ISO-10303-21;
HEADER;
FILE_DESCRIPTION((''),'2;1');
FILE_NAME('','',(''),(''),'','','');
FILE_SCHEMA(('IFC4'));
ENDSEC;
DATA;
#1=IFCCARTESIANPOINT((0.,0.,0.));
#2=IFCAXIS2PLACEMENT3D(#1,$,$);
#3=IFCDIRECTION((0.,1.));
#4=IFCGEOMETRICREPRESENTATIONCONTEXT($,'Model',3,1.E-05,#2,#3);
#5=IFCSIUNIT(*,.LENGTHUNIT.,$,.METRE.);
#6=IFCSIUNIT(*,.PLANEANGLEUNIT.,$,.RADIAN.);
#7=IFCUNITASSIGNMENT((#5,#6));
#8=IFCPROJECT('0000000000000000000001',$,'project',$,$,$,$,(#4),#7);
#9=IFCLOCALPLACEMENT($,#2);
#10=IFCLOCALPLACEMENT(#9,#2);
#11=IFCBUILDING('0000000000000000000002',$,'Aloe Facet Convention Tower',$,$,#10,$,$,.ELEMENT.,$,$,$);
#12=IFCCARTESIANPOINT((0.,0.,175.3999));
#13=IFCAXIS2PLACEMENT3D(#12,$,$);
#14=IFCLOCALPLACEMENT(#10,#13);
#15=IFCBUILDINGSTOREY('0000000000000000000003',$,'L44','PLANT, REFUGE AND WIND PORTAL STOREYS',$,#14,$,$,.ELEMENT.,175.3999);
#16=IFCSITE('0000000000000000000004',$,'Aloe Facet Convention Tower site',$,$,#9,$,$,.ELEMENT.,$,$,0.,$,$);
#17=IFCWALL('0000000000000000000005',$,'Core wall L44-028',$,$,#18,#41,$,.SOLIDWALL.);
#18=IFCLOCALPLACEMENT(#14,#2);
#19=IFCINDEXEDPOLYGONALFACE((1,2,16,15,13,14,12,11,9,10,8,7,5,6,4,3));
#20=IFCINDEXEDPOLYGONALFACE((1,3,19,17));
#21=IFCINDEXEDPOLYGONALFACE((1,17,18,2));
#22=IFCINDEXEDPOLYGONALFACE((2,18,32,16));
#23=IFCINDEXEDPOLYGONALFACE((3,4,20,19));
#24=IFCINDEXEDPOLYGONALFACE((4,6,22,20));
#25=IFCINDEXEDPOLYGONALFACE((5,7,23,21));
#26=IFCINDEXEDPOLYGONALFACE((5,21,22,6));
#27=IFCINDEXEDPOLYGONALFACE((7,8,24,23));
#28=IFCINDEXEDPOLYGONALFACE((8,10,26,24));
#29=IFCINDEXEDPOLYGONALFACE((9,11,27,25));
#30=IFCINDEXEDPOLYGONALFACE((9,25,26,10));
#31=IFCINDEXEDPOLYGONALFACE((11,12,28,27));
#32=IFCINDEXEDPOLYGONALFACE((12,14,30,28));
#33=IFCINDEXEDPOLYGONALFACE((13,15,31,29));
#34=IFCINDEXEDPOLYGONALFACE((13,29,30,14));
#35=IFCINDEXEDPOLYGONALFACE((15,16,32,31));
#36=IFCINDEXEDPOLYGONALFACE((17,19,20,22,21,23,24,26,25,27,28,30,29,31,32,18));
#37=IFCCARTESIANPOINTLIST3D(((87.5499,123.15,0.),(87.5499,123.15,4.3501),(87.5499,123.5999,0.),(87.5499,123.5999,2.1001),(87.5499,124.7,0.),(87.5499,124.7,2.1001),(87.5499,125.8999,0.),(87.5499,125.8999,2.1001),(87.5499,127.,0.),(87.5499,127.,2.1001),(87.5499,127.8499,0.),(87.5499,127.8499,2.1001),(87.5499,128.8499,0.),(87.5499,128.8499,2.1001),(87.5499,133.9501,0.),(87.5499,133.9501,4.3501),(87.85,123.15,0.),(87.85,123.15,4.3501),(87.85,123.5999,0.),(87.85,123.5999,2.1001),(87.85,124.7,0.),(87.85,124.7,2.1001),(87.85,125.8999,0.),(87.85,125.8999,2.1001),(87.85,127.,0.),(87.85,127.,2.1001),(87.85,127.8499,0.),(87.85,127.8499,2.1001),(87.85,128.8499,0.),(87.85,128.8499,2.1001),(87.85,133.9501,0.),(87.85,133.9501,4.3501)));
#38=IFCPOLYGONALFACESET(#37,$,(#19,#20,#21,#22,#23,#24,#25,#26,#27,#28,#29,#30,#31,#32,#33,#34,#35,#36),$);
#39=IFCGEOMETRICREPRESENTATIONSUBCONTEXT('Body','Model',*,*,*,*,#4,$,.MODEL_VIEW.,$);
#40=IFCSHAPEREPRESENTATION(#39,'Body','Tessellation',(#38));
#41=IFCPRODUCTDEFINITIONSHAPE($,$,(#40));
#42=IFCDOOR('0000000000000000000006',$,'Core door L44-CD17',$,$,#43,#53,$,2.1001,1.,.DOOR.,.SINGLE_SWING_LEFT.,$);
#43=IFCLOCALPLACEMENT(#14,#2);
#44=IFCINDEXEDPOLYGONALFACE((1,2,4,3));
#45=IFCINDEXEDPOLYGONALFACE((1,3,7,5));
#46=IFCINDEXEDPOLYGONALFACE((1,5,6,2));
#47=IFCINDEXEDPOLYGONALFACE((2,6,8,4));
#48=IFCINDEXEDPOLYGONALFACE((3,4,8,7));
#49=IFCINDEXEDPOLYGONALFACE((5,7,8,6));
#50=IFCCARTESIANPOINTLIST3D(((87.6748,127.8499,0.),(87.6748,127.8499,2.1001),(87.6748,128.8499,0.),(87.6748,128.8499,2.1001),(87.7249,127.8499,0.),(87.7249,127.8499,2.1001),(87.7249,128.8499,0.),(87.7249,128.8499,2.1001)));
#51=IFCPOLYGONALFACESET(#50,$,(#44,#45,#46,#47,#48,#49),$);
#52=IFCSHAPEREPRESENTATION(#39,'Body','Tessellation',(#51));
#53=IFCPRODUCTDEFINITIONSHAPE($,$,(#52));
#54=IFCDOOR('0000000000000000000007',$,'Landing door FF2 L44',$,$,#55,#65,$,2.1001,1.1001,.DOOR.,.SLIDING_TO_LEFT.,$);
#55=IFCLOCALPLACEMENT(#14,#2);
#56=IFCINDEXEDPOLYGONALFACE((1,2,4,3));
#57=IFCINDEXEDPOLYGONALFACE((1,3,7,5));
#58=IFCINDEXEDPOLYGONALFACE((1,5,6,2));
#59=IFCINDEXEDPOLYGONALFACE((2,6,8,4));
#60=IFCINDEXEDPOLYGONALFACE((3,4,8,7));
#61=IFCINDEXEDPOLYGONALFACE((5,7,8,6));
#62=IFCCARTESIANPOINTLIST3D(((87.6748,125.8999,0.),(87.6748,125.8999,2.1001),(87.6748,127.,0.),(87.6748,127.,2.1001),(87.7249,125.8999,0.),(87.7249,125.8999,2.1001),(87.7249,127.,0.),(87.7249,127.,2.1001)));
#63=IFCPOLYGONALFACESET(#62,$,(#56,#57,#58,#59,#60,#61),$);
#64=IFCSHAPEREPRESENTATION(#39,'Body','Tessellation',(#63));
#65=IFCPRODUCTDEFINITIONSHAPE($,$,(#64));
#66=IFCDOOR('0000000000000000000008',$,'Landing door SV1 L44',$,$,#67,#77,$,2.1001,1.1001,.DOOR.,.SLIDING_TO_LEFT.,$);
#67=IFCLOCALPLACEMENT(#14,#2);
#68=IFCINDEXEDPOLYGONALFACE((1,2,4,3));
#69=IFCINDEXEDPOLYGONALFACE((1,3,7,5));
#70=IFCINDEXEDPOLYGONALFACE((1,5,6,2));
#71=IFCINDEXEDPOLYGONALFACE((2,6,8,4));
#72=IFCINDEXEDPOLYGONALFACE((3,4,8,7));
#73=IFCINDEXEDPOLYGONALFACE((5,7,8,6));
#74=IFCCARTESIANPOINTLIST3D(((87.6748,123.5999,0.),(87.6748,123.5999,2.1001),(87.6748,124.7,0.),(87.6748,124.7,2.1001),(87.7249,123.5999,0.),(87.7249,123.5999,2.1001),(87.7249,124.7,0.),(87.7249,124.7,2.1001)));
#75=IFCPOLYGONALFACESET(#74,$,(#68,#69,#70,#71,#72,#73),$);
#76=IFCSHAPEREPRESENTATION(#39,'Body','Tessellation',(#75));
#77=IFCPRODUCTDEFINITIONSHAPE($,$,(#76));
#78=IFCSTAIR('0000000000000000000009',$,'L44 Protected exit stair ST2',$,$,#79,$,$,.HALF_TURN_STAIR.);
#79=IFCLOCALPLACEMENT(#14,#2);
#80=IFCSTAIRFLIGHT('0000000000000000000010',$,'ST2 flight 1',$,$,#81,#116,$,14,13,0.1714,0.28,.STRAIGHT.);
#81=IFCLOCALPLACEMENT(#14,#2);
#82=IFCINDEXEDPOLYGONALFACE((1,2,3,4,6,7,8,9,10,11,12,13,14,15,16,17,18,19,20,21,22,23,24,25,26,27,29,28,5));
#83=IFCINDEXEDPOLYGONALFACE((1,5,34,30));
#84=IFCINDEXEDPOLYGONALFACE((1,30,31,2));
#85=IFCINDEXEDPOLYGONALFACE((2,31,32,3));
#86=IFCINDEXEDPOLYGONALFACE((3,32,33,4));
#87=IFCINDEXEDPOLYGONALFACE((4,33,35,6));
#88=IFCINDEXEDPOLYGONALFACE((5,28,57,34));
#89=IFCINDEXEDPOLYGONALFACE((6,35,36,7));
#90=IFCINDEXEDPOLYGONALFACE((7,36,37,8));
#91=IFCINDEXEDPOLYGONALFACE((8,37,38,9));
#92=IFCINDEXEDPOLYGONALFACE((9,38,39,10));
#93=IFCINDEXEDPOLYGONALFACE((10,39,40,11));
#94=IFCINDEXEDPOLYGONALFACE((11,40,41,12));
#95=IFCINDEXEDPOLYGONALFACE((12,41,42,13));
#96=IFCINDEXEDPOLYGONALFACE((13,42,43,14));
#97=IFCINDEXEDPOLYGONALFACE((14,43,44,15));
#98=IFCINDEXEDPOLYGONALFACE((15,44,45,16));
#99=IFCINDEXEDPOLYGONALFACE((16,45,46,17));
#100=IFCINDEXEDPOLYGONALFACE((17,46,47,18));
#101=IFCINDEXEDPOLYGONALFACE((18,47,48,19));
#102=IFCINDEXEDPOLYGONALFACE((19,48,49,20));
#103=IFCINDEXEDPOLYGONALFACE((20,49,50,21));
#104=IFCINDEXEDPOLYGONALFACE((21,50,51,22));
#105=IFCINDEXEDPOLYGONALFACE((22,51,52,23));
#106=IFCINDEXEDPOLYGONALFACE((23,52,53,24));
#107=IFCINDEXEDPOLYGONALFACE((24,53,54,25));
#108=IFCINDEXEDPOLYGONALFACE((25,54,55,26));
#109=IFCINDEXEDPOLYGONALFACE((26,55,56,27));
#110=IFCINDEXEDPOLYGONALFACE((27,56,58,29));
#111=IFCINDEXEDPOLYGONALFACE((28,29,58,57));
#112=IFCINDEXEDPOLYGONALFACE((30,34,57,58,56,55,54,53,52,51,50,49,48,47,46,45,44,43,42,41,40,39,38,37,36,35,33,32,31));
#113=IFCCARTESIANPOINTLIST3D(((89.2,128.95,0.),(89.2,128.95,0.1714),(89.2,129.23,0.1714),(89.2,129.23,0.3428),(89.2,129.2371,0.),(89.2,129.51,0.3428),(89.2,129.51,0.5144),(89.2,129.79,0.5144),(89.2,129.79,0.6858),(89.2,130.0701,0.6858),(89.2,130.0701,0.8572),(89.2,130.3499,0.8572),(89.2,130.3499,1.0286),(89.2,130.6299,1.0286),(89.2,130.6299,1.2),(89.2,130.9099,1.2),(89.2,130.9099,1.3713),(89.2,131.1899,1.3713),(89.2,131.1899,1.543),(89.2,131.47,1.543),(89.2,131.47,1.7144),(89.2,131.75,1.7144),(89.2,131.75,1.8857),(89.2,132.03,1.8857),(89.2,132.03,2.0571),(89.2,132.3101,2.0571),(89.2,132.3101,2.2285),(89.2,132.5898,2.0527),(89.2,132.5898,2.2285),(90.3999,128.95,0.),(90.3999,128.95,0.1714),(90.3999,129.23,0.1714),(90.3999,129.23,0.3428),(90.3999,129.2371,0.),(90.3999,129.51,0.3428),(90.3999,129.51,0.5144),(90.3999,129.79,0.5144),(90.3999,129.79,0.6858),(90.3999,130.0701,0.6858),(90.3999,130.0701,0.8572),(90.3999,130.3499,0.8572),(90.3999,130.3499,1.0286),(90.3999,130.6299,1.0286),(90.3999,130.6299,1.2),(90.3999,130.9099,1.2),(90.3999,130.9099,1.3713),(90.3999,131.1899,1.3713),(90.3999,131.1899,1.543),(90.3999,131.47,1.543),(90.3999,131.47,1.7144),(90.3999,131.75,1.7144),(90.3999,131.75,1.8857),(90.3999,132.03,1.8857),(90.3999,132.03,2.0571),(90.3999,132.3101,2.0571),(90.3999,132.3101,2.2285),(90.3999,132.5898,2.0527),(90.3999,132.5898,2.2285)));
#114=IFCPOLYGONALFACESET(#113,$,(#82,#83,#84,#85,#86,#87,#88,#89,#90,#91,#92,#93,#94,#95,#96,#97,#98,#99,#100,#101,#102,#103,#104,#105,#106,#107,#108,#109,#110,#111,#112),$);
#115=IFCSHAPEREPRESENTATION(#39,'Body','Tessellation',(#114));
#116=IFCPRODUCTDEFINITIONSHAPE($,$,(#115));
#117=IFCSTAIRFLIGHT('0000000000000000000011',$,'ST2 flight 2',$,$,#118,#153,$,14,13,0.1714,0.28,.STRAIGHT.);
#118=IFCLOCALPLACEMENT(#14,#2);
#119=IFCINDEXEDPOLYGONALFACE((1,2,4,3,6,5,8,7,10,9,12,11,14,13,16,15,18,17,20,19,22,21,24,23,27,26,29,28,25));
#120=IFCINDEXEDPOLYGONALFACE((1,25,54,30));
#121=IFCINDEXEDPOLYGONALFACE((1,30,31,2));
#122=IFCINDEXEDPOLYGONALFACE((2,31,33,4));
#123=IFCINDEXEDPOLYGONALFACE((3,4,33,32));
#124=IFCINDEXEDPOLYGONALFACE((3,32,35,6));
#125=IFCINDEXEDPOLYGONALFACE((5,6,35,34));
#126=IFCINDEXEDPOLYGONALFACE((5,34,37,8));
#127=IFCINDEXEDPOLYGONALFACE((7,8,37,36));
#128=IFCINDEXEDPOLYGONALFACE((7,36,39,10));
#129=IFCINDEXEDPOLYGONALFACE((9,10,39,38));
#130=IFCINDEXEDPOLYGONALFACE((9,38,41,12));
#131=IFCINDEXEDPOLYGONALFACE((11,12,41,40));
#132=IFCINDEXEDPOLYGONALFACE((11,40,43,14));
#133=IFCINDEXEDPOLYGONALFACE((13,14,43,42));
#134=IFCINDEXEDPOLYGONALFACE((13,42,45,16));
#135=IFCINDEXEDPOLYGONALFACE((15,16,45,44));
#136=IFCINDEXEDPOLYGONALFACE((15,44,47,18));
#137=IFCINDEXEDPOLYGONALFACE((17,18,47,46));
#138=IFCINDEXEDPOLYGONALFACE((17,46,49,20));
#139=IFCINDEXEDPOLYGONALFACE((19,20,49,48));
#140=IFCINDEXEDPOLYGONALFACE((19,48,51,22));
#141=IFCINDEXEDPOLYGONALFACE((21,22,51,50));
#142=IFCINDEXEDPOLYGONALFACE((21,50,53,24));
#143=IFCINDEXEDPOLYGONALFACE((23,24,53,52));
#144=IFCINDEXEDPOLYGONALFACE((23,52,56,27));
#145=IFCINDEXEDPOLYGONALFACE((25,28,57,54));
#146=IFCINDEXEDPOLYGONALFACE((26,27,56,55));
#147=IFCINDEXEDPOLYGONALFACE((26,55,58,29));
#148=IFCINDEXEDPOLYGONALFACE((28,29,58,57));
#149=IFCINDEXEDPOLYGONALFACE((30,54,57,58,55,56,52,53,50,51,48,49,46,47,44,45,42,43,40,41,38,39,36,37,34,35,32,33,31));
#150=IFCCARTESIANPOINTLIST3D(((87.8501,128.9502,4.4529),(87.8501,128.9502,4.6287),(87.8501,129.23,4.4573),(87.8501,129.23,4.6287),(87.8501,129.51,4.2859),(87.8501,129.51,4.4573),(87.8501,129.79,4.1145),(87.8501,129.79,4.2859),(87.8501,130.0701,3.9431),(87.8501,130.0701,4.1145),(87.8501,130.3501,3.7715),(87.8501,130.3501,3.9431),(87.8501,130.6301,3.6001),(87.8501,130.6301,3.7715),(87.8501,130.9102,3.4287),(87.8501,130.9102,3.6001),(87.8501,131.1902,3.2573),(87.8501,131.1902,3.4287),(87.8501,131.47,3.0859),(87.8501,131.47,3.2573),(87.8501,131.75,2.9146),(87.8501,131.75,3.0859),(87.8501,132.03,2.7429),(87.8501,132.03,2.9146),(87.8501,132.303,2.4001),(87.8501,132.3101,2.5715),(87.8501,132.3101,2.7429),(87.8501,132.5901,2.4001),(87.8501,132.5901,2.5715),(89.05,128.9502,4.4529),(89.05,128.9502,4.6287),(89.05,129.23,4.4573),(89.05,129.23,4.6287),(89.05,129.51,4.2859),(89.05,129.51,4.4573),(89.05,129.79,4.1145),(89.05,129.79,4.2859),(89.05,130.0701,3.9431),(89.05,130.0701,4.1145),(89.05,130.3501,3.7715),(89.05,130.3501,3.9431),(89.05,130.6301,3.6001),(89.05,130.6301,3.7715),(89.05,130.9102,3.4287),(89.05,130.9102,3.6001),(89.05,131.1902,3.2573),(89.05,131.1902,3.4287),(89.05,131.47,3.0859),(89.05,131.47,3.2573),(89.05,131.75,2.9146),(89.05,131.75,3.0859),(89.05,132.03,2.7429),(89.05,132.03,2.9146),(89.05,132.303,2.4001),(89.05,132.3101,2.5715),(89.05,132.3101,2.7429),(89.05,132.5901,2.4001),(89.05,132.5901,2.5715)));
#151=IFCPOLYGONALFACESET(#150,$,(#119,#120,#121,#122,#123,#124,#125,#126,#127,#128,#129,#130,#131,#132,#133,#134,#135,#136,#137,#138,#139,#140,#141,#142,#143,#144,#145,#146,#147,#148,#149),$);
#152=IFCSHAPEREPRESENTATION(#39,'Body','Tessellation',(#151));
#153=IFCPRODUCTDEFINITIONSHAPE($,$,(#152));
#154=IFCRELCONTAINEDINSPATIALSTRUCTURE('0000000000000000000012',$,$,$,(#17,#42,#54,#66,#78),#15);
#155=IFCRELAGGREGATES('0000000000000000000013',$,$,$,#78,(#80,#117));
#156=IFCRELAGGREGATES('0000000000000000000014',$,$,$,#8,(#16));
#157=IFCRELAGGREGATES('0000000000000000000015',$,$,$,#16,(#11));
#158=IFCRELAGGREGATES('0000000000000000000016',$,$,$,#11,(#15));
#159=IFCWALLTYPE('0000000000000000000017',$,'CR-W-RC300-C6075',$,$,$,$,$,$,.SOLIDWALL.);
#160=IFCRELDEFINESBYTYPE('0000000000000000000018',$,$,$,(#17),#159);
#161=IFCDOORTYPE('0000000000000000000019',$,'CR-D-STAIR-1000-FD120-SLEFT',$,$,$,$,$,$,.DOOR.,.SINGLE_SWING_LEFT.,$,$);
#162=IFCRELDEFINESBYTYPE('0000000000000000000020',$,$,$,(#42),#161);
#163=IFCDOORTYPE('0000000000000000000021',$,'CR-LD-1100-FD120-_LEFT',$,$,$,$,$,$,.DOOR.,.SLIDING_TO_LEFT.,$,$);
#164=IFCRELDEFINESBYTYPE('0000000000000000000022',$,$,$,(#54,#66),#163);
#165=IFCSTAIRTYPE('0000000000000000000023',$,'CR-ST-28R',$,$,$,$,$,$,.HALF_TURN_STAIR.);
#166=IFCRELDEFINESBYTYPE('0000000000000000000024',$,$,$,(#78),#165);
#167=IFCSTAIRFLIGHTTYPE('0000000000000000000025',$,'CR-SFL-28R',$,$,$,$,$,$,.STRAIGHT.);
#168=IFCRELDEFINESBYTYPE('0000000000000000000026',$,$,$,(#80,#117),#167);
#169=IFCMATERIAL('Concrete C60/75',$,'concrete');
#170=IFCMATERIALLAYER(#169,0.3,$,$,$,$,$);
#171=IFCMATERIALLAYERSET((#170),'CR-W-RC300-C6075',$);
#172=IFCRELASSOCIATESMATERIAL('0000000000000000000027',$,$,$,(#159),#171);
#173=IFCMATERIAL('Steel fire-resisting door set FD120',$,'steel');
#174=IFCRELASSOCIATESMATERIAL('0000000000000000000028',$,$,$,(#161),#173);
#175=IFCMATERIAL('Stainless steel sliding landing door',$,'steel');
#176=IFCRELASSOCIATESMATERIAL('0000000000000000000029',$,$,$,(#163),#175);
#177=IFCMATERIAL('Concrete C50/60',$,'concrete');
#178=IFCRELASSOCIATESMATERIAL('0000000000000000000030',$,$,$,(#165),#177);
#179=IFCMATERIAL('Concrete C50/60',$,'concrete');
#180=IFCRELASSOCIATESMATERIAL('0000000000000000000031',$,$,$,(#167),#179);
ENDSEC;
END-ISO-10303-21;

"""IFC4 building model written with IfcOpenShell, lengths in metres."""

from ifc_helpers import new_model, si_unit, direction, frame, frame_2d, origin, place, context, subcontext, project, spatial, polyline, rectangle, outline, extrude, material, layer, layer_set, type_object, element, fill, aggregate, save


model = new_model("IFC4")

# Units and contexts
model_context = context("Model", 3, precision=1e-05, world=origin(), true_north=direction((0.0, 1.0)))
body_context = subcontext(model_context, "Body", "Model", "MODEL_VIEW")
ifc_project = project(units=[si_unit("LENGTHUNIT", "METRE"), si_unit("PLANEANGLEUNIT", "RADIAN")], contexts=[model_context])

# Site, building, storey
site_placement = place(None, origin())
site = spatial("IfcSite", under=ifc_project, at=site_placement, Name="Aloe Facet Convention Tower site", CompositionType="ELEMENT", RefElevation=0.0)
building_placement = place(site_placement, origin())
building = spatial("IfcBuilding", under=site, at=building_placement, Name="Aloe Facet Convention Tower", CompositionType="ELEMENT")
storey_placement = place(building_placement, frame((0.0, 0.0, 175.3999)))
storey = spatial("IfcBuildingStorey", under=building, at=storey_placement, Name="L44", Description="PLANT, REFUGE AND WIND PORTAL STOREYS", CompositionType="ELEMENT", Elevation=175.3999)

# Shared definitions
ifc_material_1 = material(Name="Concrete C60/75", Category="concrete")
ifc_layer_1 = layer(ifc_material_1, 0.3)
ifc_layer_set_1 = layer_set([ifc_layer_1], Name="CR-W-RC300-C6075")
wall_type_1 = type_object("IfcWallType", Name="CR-W-RC300-C6075", PredefinedType="SOLIDWALL", material=ifc_layer_set_1)

# Wall, openings, doors
wall_1_placement = place(storey_placement, frame((87.7, 133.95, 0.0), z_axis=(0.0, 0.0, 1.0), x_axis=(0.0, -1.0, 0.0)))
wall_1 = element("IfcWall", 1, at=wall_1_placement, inside=storey, type_object=wall_type_1, Name="Core wall L44-028", PredefinedType="SOLIDWALL", context=body_context, shape_type="SweptSolid", body=[
    extrude(rectangle(XDim=10.8, YDim=0.3, at=frame_2d((5.3999, 0.0))), origin(), (0.0, 0.0, 1.0), 4.3501),
])
opening_1_placement = place(wall_1_placement, frame((6.95, 0.0, 0.0)))
opening_1 = element("IfcOpeningElement", 2, at=opening_1_placement, cuts=wall_1, PredefinedType="OPENING", context=body_context, shape_type="SweptSolid", body=[
    extrude(rectangle(XDim=1.1001, YDim=2.1001, at=frame_2d((0.55, 1.05))), frame((0.0, 0.1602, 0.0), z_axis=(0.0, -1.0, 0.0), x_axis=(1.0, 0.0, 0.0)), (0.0, 0.0, 1.0), 0.3201),
])
opening_2_placement = place(wall_1_placement, frame((5.1001, 0.0, 0.0)))
opening_2 = element("IfcOpeningElement", 3, at=opening_2_placement, cuts=wall_1, PredefinedType="OPENING", context=body_context, shape_type="SweptSolid", body=[
    extrude(rectangle(XDim=1.0, YDim=2.1001, at=frame_2d((0.5, 1.05))), frame((0.0, 0.1602, 0.0), z_axis=(0.0, -1.0, 0.0), x_axis=(1.0, 0.0, 0.0)), (0.0, 0.0, 1.0), 0.3201),
])
opening_3_placement = place(wall_1_placement, frame((9.25, 0.0, 0.0)))
opening_3 = element("IfcOpeningElement", 4, at=opening_3_placement, cuts=wall_1, PredefinedType="OPENING", context=body_context, shape_type="SweptSolid", body=[
    extrude(rectangle(XDim=1.1001, YDim=2.1001, at=frame_2d((0.55, 1.05))), frame((0.0, 0.1602, 0.0), z_axis=(0.0, -1.0, 0.0), x_axis=(1.0, 0.0, 0.0)), (0.0, 0.0, 1.0), 0.3201),
])
ifc_material_2 = material(Name="Steel fire-resisting door set FD120", Category="steel")
door_type_1 = type_object("IfcDoorType", Name="CR-D-STAIR-1000-FD120-SLEFT", OperationType="SINGLE_SWING_LEFT", PredefinedType="DOOR", material=ifc_material_2)
door_1_placement = place(opening_2_placement, origin())
door_1 = element("IfcDoor", 5, at=door_1_placement, inside=storey, type_object=door_type_1, Name="Core door L44-CD17", OperationType="SINGLE_SWING_LEFT", OverallHeight=2.1001, OverallWidth=1.0, PredefinedType="DOOR", context=body_context, shape_type="SweptSolid", body=[
    extrude(rectangle(XDim=1.0, YDim=2.1001, at=frame_2d((0.5, 1.05))), frame((0.0, 0.0249, 0.0), z_axis=(0.0, -1.0, 0.0), x_axis=(1.0, 0.0, 0.0)), (0.0, 0.0, 1.0), 0.05),
])
fill(opening_2, door_1)
ifc_material_3 = material(Name="Stainless steel sliding landing door", Category="steel")
door_type_2 = type_object("IfcDoorType", Name="CR-LD-1100-FD120-_LEFT", OperationType="SLIDING_TO_LEFT", PredefinedType="DOOR", material=ifc_material_3)
door_2_placement = place(opening_1_placement, origin())
door_2 = element("IfcDoor", 6, at=door_2_placement, inside=storey, type_object=door_type_2, Name="Landing door FF2 L44", OperationType="SLIDING_TO_LEFT", OverallHeight=2.1001, OverallWidth=1.1001, PredefinedType="DOOR", context=body_context, shape_type="SweptSolid", body=[
    extrude(rectangle(XDim=1.1001, YDim=2.1001, at=frame_2d((0.55, 1.05))), frame((0.0, 0.0249, 0.0), z_axis=(0.0, -1.0, 0.0), x_axis=(1.0, 0.0, 0.0)), (0.0, 0.0, 1.0), 0.05),
])
fill(opening_1, door_2)
door_3_placement = place(opening_3_placement, origin())
door_3 = element("IfcDoor", 7, at=door_3_placement, inside=storey, type_object=door_type_2, Name="Landing door SV1 L44", OperationType="SLIDING_TO_LEFT", OverallHeight=2.1001, OverallWidth=1.1001, PredefinedType="DOOR", context=body_context, shape_type="SweptSolid", body=[
    extrude(rectangle(XDim=1.1001, YDim=2.1001, at=frame_2d((0.55, 1.05))), frame((0.0, 0.0249, 0.0), z_axis=(0.0, -1.0, 0.0), x_axis=(1.0, 0.0, 0.0)), (0.0, 0.0, 1.0), 0.05),
])
fill(opening_3, door_3)

# Stair, stair flights
ifc_material_4 = material(Name="Concrete C50/60", Category="concrete")
stair_type = type_object("IfcStairType", Name="CR-ST-28R", PredefinedType="HALF_TURN_STAIR", material=ifc_material_4)
stair_placement = place(storey_placement, origin())
stair = element("IfcStair", 8, at=stair_placement, inside=storey, type_object=stair_type, Name="L44 Protected exit stair ST2", PredefinedType="HALF_TURN_STAIR")
ifc_material_5 = material(Name="Concrete C50/60", Category="concrete")
stair_flight_type = type_object("IfcStairFlightType", Name="CR-SFL-28R", PredefinedType="STRAIGHT", material=ifc_material_5)
stair_flight_1_placement = place(storey_placement, frame((89.8, 128.95, 0.0), z_axis=(0.0, 0.0, 1.0), x_axis=(0.0, 1.0, 0.0)))
stair_flight_1 = element("IfcStairFlight", 9, at=stair_flight_1_placement, type_object=stair_flight_type, Name="ST2 flight 1", NumberOfRisers=14, NumberOfTreads=13, PredefinedType="STRAIGHT", RiserHeight=0.1714, TreadLength=0.28, context=body_context, shape_type="SweptSolid", body=[
    extrude(outline(polyline([(0.0, 0.0), (0.0, 0.1714), (0.28, 0.1714), (0.28, 0.3428), (0.5601, 0.3428), (0.5601, 0.5144), (0.8401, 0.5144), (0.8401, 0.6858), (1.1201, 0.6858), (1.1201, 0.8572), (1.3999, 0.8572), (1.3999, 1.0286), (1.6799, 1.0286), (1.6799, 1.2), (1.96, 1.2), (1.96, 1.3713), (2.24, 1.3713), (2.24, 1.543), (2.52, 1.543), (2.52, 1.7144), (2.8, 1.7144), (2.8, 1.8857), (3.0801, 1.8857), (3.0801, 2.0571), (3.3601, 2.0571), (3.3601, 2.2285), (3.6399, 2.2285), (3.6399, 2.3999), (3.6399, 2.0527), (0.2871, 0.0), (0.0, 0.0)])), frame((0.0, 0.6001, 0.0), z_axis=(0.0, -1.0, 0.0), x_axis=(1.0, 0.0, 0.0)), (0.0, 0.0, 1.0), 1.2),
])
stair_flight_2_placement = place(storey_placement, frame((88.45, 132.5901, 2.4001), z_axis=(0.0, 0.0, 1.0), x_axis=(0.0, -1.0, 0.0)))
stair_flight_2 = element("IfcStairFlight", 10, at=stair_flight_2_placement, type_object=stair_flight_type, Name="ST2 flight 2", NumberOfRisers=14, NumberOfTreads=13, PredefinedType="STRAIGHT", RiserHeight=0.1714, TreadLength=0.28, context=body_context, shape_type="SweptSolid", body=[
    extrude(outline(polyline([(0.0, 0.0), (0.0, 0.1714), (0.28, 0.1714), (0.28, 0.3428), (0.5601, 0.3428), (0.5601, 0.5144), (0.8401, 0.5144), (0.8401, 0.6858), (1.1201, 0.6858), (1.1201, 0.8572), (1.3999, 0.8572), (1.3999, 1.0286), (1.6799, 1.0286), (1.6799, 1.2), (1.96, 1.2), (1.96, 1.3713), (2.24, 1.3713), (2.24, 1.543), (2.52, 1.543), (2.52, 1.7144), (2.8, 1.7144), (2.8, 1.8857), (3.0801, 1.8857), (3.0801, 2.0571), (3.3601, 2.0571), (3.3601, 2.2285), (3.6399, 2.2285), (3.6399, 2.3999), (3.6399, 2.0527), (0.2871, 0.0), (0.0, 0.0)])), frame((0.0, 0.6001, 0.0), z_axis=(0.0, -1.0, 0.0), x_axis=(1.0, 0.0, 0.0)), (0.0, 0.0, 1.0), 1.2),
])
aggregate(stair, [stair_flight_1, stair_flight_2])

save(model, "model.ifc")
